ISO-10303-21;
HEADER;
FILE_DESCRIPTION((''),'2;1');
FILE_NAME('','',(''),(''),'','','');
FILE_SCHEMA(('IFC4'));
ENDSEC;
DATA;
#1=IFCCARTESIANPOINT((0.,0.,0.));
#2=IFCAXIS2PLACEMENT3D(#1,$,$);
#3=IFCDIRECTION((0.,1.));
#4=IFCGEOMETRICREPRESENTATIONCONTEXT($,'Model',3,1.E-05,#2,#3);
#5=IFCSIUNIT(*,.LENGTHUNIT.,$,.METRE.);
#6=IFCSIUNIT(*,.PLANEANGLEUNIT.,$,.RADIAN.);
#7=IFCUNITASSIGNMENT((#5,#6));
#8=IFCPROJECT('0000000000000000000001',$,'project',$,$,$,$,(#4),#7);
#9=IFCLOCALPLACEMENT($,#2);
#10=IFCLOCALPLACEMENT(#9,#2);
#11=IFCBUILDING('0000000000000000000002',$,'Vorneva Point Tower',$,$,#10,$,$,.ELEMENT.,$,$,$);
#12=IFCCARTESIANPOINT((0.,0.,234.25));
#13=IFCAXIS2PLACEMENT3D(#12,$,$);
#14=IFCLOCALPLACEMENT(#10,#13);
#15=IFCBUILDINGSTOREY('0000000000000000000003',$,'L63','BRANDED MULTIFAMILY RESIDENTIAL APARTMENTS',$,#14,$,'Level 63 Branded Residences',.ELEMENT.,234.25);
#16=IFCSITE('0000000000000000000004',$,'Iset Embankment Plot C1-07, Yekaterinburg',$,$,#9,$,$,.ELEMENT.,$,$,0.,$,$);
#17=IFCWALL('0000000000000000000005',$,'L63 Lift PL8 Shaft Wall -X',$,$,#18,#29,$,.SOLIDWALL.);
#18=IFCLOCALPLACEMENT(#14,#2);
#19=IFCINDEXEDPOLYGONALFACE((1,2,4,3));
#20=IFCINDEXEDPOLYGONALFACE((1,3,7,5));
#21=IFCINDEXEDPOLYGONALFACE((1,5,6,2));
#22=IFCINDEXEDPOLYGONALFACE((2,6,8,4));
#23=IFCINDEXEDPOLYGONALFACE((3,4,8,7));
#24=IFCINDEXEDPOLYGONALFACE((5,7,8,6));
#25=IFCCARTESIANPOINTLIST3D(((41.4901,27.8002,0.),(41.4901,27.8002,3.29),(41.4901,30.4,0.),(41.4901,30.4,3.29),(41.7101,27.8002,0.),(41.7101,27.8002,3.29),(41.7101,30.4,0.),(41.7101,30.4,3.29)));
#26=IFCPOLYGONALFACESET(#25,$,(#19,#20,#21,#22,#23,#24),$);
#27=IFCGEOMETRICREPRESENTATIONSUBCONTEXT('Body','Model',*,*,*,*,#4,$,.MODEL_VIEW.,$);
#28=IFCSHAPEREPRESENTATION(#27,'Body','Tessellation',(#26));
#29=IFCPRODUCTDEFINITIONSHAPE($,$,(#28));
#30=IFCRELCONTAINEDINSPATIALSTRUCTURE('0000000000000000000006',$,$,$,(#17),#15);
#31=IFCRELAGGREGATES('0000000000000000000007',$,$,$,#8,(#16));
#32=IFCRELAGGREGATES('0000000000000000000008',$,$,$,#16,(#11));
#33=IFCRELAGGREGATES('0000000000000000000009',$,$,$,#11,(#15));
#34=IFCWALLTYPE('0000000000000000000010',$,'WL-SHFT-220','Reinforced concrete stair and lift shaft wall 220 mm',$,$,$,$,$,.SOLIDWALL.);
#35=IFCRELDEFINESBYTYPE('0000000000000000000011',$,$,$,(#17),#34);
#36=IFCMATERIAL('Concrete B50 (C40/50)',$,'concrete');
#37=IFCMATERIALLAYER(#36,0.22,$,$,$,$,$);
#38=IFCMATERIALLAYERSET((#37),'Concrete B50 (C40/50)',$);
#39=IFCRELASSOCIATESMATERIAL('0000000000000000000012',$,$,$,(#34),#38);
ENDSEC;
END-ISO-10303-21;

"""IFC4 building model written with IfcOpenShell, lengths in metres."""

from ifc_helpers import new_model, si_unit, direction, frame, frame_2d, origin, place, context, subcontext, project, spatial, rectangle, extrude, material, layer, layer_set, type_object, element, save


model = new_model("IFC4")

# Units and contexts
model_context = context("Model", 3, precision=1e-05, world=origin(), true_north=direction((0.0, 1.0)))
body_context = subcontext(model_context, "Body", "Model", "MODEL_VIEW")
ifc_project = project(units=[si_unit("LENGTHUNIT", "METRE"), si_unit("PLANEANGLEUNIT", "RADIAN")], contexts=[model_context])

# Site, building, storey
site_placement = place(None, origin())
site = spatial("IfcSite", under=ifc_project, at=site_placement, Name="Iset Embankment Plot C1-07, Yekaterinburg", CompositionType="ELEMENT", RefElevation=0.0)
building_placement = place(site_placement, origin())
building = spatial("IfcBuilding", under=site, at=building_placement, Name="Vorneva Point Tower", CompositionType="ELEMENT")
storey_placement = place(building_placement, frame((0.0, 0.0, 234.25)))
storey = spatial("IfcBuildingStorey", under=building, at=storey_placement, Name="L63", Description="BRANDED MULTIFAMILY RESIDENTIAL APARTMENTS", LongName="Level 63 Branded Residences", CompositionType="ELEMENT", Elevation=234.25)

# Shared definitions
ifc_material_1 = material(Name="Concrete B50 (C40/50)", Category="concrete")

# Shared definitions
ifc_layer_1 = layer(ifc_material_1, 0.22)
ifc_layer_set_1 = layer_set([ifc_layer_1], Name="Concrete B50 (C40/50)")
wall_type_1 = type_object("IfcWallType", Name="WL-SHFT-220", Description="Reinforced concrete stair and lift shaft wall 220 mm", PredefinedType="SOLIDWALL", material=ifc_layer_set_1)

# Wall
wall_1_placement = place(storey_placement, frame((41.6001, 30.3999, 0.0), z_axis=(0.0, 0.0, 1.0), x_axis=(0.0, -1.0, 0.0)))
element("IfcWall", 1, at=wall_1_placement, inside=storey, type_object=wall_type_1, Name="L63 Lift PL8 Shaft Wall -X", PredefinedType="SOLIDWALL", context=body_context, shape_type="SweptSolid", body=[
    extrude(rectangle(XDim=2.5999, YDim=0.22, at=frame_2d((1.2998, 0.0))), origin(), (0.0, 0.0, 1.0), 3.29),
])

save(model, "model.ifc")
